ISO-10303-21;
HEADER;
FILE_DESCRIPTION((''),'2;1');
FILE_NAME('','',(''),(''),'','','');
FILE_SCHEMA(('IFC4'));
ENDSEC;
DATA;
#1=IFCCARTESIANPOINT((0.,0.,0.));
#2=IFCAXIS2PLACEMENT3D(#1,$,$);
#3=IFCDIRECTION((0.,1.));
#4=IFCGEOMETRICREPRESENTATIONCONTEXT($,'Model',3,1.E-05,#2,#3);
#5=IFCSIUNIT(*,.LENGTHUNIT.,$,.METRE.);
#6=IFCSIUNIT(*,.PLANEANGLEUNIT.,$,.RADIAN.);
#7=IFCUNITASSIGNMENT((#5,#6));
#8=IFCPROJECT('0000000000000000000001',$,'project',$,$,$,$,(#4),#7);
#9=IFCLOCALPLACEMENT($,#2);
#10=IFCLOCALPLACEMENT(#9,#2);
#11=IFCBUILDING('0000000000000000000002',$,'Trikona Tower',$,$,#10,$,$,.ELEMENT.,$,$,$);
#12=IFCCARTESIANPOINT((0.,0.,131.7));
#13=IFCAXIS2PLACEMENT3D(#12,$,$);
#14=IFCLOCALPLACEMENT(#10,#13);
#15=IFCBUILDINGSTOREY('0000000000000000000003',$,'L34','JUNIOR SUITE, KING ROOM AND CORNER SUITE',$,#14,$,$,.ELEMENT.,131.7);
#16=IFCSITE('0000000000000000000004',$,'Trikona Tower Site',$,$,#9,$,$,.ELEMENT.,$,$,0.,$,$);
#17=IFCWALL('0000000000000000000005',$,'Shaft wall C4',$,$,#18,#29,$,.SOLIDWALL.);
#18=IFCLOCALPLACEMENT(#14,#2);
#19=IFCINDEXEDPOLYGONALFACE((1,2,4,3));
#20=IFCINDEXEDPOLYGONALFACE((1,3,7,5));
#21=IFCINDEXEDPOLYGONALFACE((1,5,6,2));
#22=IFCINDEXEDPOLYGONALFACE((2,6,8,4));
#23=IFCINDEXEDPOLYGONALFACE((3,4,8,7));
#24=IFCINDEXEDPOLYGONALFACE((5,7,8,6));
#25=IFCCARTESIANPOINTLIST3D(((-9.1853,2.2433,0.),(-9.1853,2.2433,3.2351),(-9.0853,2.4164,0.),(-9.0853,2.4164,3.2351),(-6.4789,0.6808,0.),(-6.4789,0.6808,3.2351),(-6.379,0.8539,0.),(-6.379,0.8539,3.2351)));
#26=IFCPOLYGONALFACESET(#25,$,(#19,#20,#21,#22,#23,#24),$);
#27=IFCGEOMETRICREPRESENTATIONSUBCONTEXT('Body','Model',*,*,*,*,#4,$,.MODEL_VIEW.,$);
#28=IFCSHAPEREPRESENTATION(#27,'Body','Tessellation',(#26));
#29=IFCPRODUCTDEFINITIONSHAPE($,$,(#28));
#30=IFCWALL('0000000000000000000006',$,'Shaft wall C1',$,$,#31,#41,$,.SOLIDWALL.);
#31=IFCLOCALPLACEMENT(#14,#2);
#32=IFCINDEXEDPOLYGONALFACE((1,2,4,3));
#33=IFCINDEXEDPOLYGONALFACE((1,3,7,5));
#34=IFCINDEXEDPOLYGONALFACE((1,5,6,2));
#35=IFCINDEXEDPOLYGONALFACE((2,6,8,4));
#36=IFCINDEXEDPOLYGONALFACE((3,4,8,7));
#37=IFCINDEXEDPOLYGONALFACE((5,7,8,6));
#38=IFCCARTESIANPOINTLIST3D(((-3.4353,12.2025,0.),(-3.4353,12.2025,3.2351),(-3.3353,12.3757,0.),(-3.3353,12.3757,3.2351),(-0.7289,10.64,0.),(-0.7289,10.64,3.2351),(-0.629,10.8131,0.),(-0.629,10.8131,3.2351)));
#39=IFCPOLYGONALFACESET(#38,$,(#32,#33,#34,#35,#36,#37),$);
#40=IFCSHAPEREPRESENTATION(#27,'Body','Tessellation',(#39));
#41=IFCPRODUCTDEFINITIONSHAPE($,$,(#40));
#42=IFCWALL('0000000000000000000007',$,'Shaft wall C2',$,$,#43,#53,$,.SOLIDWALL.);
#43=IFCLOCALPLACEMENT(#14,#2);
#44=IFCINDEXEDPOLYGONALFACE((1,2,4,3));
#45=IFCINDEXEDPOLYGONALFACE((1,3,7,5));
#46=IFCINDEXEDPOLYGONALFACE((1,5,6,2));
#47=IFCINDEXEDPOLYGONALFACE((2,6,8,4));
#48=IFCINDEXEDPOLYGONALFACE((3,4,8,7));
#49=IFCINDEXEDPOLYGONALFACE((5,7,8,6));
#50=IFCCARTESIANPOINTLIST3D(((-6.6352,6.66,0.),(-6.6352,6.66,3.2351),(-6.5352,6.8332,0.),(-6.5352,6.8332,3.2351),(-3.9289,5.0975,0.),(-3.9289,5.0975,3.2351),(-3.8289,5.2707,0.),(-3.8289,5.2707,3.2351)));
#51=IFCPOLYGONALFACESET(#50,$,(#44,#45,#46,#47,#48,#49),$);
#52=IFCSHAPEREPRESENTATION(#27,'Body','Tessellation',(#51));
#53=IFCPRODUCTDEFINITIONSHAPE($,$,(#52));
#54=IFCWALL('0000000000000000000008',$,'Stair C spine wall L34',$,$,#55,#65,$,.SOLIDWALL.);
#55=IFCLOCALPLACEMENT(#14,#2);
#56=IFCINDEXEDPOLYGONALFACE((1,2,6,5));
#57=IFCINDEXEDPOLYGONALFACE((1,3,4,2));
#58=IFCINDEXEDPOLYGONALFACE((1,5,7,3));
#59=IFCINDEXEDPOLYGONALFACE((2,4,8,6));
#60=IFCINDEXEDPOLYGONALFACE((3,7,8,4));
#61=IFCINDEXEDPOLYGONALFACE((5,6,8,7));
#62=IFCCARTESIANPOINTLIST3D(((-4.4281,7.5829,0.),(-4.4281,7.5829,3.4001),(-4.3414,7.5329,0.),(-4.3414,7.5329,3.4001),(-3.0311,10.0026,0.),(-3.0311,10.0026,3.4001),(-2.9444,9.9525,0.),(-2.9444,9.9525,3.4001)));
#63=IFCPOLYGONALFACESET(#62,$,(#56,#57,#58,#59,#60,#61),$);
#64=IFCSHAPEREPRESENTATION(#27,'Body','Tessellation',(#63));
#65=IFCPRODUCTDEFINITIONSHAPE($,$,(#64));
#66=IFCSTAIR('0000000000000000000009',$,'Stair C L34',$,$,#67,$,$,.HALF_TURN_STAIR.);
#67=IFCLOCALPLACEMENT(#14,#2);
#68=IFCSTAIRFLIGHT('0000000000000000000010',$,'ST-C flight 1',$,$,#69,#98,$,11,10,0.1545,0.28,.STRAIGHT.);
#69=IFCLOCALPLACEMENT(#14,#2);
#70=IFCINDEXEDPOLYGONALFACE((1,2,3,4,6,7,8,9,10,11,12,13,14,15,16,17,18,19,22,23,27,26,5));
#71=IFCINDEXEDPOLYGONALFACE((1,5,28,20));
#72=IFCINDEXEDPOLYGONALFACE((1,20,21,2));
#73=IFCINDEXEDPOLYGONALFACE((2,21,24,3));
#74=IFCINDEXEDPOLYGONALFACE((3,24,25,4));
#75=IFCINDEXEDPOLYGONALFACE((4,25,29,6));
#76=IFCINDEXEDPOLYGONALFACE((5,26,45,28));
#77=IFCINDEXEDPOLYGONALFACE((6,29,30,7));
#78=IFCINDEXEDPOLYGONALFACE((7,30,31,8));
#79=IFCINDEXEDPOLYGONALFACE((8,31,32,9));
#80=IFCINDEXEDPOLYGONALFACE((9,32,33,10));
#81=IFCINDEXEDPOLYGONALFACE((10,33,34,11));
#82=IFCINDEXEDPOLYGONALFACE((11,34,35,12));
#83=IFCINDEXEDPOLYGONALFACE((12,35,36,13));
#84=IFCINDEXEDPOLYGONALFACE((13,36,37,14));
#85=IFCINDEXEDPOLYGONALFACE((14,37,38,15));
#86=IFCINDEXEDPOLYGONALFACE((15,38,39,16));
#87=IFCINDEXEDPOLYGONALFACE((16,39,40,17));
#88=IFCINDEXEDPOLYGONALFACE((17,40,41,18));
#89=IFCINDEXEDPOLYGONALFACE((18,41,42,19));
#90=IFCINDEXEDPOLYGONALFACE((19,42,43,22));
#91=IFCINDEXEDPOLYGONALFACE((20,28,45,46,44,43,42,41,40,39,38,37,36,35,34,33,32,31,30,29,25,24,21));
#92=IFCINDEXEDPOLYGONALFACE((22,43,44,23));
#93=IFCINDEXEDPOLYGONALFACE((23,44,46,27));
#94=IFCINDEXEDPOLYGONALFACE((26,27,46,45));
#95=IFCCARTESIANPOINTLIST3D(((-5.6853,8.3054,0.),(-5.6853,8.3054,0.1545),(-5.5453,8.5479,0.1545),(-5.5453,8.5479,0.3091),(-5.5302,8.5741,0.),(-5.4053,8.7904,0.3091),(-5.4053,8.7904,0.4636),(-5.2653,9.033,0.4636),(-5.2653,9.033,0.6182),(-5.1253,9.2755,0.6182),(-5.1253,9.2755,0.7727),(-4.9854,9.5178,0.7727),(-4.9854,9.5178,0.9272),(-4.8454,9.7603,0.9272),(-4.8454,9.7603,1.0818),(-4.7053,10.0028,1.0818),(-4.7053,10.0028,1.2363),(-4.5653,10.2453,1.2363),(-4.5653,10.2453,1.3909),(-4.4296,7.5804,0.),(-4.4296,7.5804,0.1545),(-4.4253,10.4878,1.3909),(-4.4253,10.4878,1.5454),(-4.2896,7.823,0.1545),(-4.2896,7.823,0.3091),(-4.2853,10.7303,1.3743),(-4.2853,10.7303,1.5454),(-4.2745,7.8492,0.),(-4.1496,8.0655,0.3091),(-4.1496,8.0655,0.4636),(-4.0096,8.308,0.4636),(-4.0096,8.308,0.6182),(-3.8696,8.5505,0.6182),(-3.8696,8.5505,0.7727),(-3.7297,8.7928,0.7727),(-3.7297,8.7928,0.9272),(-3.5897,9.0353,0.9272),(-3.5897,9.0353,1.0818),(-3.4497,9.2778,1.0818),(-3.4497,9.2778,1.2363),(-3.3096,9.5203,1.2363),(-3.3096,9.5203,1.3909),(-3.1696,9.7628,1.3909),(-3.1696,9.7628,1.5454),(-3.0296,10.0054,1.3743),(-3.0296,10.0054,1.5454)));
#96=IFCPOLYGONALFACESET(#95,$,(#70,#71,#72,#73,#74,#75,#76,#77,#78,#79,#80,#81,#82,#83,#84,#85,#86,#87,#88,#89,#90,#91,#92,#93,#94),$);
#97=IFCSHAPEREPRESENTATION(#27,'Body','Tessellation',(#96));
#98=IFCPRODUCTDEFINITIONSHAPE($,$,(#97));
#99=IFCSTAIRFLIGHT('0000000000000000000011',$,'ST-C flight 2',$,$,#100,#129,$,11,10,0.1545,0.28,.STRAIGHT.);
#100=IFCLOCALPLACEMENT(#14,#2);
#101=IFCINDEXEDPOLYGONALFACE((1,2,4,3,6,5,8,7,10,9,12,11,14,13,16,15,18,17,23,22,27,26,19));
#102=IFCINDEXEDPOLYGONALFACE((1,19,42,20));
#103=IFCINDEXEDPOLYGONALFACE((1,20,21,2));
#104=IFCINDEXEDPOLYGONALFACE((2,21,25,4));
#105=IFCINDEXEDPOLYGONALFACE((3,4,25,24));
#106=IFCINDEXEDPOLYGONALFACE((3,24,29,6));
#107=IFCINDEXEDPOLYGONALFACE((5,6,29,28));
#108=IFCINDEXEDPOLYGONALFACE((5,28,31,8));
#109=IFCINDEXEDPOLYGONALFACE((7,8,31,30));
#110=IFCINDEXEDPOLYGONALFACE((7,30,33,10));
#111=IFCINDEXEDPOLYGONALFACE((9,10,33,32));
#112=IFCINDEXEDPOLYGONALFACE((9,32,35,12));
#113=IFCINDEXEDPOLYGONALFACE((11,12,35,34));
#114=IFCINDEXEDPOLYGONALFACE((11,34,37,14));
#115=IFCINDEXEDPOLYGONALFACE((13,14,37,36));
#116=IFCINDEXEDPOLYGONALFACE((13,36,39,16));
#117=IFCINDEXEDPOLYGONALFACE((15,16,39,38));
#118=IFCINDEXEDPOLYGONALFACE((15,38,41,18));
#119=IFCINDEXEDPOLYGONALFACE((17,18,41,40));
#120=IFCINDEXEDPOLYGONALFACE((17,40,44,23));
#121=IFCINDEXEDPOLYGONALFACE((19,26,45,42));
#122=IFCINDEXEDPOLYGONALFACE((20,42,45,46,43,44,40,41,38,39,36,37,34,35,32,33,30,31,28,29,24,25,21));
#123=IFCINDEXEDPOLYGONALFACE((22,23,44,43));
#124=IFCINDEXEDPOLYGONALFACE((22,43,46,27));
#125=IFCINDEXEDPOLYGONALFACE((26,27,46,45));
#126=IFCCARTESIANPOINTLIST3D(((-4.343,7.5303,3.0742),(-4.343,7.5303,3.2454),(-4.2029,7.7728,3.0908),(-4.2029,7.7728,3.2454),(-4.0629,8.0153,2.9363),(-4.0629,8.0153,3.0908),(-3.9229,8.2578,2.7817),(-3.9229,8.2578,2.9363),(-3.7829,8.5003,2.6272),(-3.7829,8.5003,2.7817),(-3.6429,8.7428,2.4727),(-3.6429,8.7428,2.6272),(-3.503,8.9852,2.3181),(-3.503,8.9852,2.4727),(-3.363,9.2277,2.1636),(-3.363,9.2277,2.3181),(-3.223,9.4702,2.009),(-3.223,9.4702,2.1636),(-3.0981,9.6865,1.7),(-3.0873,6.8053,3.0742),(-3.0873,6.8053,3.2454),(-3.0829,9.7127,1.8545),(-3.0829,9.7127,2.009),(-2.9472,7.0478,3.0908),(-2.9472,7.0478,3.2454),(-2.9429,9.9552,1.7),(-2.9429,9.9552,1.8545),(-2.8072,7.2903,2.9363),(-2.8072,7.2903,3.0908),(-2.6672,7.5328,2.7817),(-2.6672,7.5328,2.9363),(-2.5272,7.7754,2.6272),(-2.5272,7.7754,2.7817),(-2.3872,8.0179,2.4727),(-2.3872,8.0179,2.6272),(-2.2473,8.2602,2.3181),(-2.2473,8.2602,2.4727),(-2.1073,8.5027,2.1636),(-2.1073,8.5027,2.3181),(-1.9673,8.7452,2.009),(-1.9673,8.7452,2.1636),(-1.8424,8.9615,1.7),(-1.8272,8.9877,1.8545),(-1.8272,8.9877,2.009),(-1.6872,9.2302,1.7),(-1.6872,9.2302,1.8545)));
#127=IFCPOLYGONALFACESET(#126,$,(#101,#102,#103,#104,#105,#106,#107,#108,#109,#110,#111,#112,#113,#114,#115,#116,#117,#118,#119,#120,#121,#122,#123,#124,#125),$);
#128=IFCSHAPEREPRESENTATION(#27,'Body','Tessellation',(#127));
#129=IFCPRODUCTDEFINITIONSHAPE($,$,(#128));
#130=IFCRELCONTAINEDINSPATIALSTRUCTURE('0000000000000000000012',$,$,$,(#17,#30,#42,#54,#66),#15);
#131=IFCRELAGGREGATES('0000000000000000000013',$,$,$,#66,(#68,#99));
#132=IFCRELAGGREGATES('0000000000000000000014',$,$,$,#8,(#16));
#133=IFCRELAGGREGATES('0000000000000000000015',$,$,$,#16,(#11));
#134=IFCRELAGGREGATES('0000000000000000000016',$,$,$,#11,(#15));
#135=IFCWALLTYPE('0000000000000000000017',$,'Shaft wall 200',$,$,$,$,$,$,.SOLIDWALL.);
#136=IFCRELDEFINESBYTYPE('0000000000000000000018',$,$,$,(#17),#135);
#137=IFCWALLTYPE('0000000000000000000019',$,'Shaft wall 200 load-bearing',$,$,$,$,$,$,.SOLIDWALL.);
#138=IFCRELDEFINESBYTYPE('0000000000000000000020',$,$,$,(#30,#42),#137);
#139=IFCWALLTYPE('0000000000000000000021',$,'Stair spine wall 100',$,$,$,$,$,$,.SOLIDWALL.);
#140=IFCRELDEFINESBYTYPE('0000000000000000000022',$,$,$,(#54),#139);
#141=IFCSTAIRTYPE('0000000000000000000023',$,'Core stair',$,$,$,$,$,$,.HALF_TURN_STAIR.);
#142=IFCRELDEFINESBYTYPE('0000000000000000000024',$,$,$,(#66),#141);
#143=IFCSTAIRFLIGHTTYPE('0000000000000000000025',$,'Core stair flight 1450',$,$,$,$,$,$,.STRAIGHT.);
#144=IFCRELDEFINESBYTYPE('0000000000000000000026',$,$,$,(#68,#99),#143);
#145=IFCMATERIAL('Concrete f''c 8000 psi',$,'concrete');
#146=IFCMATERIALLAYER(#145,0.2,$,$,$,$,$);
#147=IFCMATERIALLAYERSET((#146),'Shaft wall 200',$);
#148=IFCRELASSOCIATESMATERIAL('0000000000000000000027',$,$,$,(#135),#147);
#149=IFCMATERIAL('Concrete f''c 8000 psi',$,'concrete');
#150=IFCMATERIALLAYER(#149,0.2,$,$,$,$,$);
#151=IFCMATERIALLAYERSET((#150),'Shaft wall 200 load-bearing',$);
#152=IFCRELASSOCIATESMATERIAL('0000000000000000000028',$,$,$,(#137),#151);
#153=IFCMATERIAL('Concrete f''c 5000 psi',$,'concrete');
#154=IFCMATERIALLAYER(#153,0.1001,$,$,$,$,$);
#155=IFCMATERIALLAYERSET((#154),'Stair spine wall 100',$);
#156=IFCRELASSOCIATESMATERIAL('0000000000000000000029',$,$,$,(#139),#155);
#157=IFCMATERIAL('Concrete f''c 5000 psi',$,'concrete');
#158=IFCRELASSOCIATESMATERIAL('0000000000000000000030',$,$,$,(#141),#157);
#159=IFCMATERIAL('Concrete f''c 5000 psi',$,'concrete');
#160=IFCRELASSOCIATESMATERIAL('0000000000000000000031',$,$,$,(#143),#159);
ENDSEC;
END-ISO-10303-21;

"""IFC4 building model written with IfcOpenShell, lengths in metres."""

from ifc_helpers import new_model, si_unit, direction, frame, frame_2d, origin, place, context, subcontext, project, spatial, polyline, rectangle, outline, extrude, material, layer, layer_set, type_object, element, aggregate, save


model = new_model("IFC4")

# Units and contexts
model_context = context("Model", 3, precision=1e-05, world=origin(), true_north=direction((0.0, 1.0)))
body_context = subcontext(model_context, "Body", "Model", "MODEL_VIEW")
ifc_project = project(units=[si_unit("LENGTHUNIT", "METRE"), si_unit("PLANEANGLEUNIT", "RADIAN")], contexts=[model_context])

# Site, building, storey
site_placement = place(None, origin())
site = spatial("IfcSite", under=ifc_project, at=site_placement, Name="Trikona Tower Site", CompositionType="ELEMENT", RefElevation=0.0)
building_placement = place(site_placement, origin())
building = spatial("IfcBuilding", under=site, at=building_placement, Name="Trikona Tower", CompositionType="ELEMENT")
storey_placement = place(building_placement, frame((0.0, 0.0, 131.7)))
storey = spatial("IfcBuildingStorey", under=building, at=storey_placement, Name="L34", Description="JUNIOR SUITE, KING ROOM AND CORNER SUITE", CompositionType="ELEMENT", Elevation=131.7)

# Walls
ifc_material_1 = material(Name="Concrete f'c 8000 psi", Category="concrete")
ifc_layer_1 = layer(ifc_material_1, 0.2)
ifc_layer_set_1 = layer_set([ifc_layer_1], Name="Shaft wall 200")
wall_type_1 = type_object("IfcWallType", Name="Shaft wall 200", PredefinedType="SOLIDWALL", material=ifc_layer_set_1)
for number, where, z_axis, x_axis, name in (
    (1, (-6.429, 0.7673, 0.0), (0.0, 0.0, 1.0), (-0.866023, 0.500004, 0.0), "Shaft wall C4"),
):
    element("IfcWall", number, at=place(storey_placement, frame(where, z_axis=z_axis, x_axis=x_axis)), inside=storey, type_object=wall_type_1, Name=name, PredefinedType="SOLIDWALL", context=body_context, shape_type="SweptSolid", body=[
        extrude(rectangle(XDim=3.125, YDim=0.2, at=frame_2d((1.5625, 0.0))), origin(), (0.0, 0.0, 1.0), 3.2351),
    ])
ifc_material_2 = material(Name="Concrete f'c 8000 psi", Category="concrete")
ifc_layer_2 = layer(ifc_material_2, 0.2)
ifc_layer_set_2 = layer_set([ifc_layer_2], Name="Shaft wall 200 load-bearing")
wall_type_2 = type_object("IfcWallType", Name="Shaft wall 200 load-bearing", PredefinedType="SOLIDWALL", material=ifc_layer_set_2)
for number, where, z_axis, x_axis, name in (
    (2, (-0.679, 10.7266, 0.0), (0.0, 0.0, 1.0), (-0.866023, 0.500004, 0.0), "Shaft wall C1"),
    (3, (-3.8789, 5.1841, 0.0), (0.0, 0.0, 1.0), (-0.866023, 0.500004, 0.0), "Shaft wall C2"),
):
    element("IfcWall", number, at=place(storey_placement, frame(where, z_axis=z_axis, x_axis=x_axis)), inside=storey, type_object=wall_type_2, Name=name, PredefinedType="SOLIDWALL", context=body_context, shape_type="SweptSolid", body=[
        extrude(rectangle(XDim=3.125, YDim=0.2, at=frame_2d((1.5625, 0.0))), origin(), (0.0, 0.0, 1.0), 3.2351),
    ])
ifc_material_3 = material(Name="Concrete f'c 5000 psi", Category="concrete")
ifc_layer_3 = layer(ifc_material_3, 0.1001)
ifc_layer_set_3 = layer_set([ifc_layer_3], Name="Stair spine wall 100")
wall_type_3 = type_object("IfcWallType", Name="Stair spine wall 100", PredefinedType="SOLIDWALL", material=ifc_layer_set_3)
wall_1_placement = place(storey_placement, frame((-2.9878, 9.9775, 0.0), z_axis=(0.0, 0.0, 1.0), x_axis=(-0.499992, -0.86603, 0.0)))
element("IfcWall", 4, at=wall_1_placement, inside=storey, type_object=wall_type_3, Name="Stair C spine wall L34", PredefinedType="SOLIDWALL", context=body_context, shape_type="SweptSolid", body=[
    extrude(rectangle(XDim=2.7939, YDim=0.1001, at=frame_2d((1.397, 0.0))), origin(), (0.0, 0.0, 1.0), 3.4001),
])

# Stair, stair flights
ifc_material_4 = material(Name="Concrete f'c 5000 psi", Category="concrete")
stair_type = type_object("IfcStairType", Name="Core stair", PredefinedType="HALF_TURN_STAIR", material=ifc_material_4)
stair_placement = place(storey_placement, origin())
stair = element("IfcStair", 5, at=stair_placement, inside=storey, type_object=stair_type, Name="Stair C L34", PredefinedType="HALF_TURN_STAIR")
ifc_material_5 = material(Name="Concrete f'c 5000 psi", Category="concrete")
stair_flight_type = type_object("IfcStairFlightType", Name="Core stair flight 1450", PredefinedType="STRAIGHT", material=ifc_material_5)
stair_flight_1_placement = place(storey_placement, frame((-5.0574, 7.9429, 0.0), z_axis=(0.0, 0.0, 1.0), x_axis=(0.5, 0.866025, 0.0)))
stair_flight_1 = element("IfcStairFlight", 6, at=stair_flight_1_placement, type_object=stair_flight_type, Name="ST-C flight 1", NumberOfRisers=11, NumberOfTreads=10, PredefinedType="STRAIGHT", RiserHeight=0.1545, TreadLength=0.28, context=body_context, shape_type="SweptSolid", body=[
    extrude(outline(polyline([(0.0, 0.0), (0.0, 0.1545), (0.28, 0.1545), (0.28, 0.3091), (0.5601, 0.3091), (0.5601, 0.4636), (0.8401, 0.4636), (0.8401, 0.6182), (1.1201, 0.6182), (1.1201, 0.7727), (1.3999, 0.7727), (1.3999, 0.9272), (1.6799, 0.9272), (1.6799, 1.0818), (1.96, 1.0818), (1.96, 1.2363), (2.24, 1.2363), (2.24, 1.3909), (2.52, 1.3909), (2.52, 1.5454), (2.8, 1.5454), (2.8, 1.7), (2.8, 1.3743), (0.3103, 0.0), (0.0, 0.0)])), frame((0.0, 0.7251, 0.0), z_axis=(0.0, -1.0, 0.0), x_axis=(1.0, 0.0, 0.0)), (0.0, 0.0, 1.0), 1.45),
])
stair_flight_2_placement = place(storey_placement, frame((-2.3152, 9.5928, 1.7), z_axis=(0.0, 0.0, 1.0), x_axis=(-0.5, -0.866025, 0.0)))
stair_flight_2 = element("IfcStairFlight", 7, at=stair_flight_2_placement, type_object=stair_flight_type, Name="ST-C flight 2", NumberOfRisers=11, NumberOfTreads=10, PredefinedType="STRAIGHT", RiserHeight=0.1545, TreadLength=0.28, context=body_context, shape_type="SweptSolid", body=[
    extrude(outline(polyline([(0.0, 0.0), (0.0, 0.1545), (0.28, 0.1545), (0.28, 0.3091), (0.5601, 0.3091), (0.5601, 0.4636), (0.8401, 0.4636), (0.8401, 0.6182), (1.1201, 0.6182), (1.1201, 0.7727), (1.3999, 0.7727), (1.3999, 0.9272), (1.6799, 0.9272), (1.6799, 1.0818), (1.96, 1.0818), (1.96, 1.2363), (2.24, 1.2363), (2.24, 1.3909), (2.52, 1.3909), (2.52, 1.5454), (2.8, 1.5454), (2.8, 1.7), (2.8, 1.3743), (0.3103, 0.0), (0.0, 0.0)])), frame((0.0, 0.7251, 0.0), z_axis=(0.0, -1.0, 0.0), x_axis=(1.0, 0.0, 0.0)), (0.0, 0.0, 1.0), 1.45),
])
aggregate(stair, [stair_flight_1, stair_flight_2])

save(model, "model.ifc")
